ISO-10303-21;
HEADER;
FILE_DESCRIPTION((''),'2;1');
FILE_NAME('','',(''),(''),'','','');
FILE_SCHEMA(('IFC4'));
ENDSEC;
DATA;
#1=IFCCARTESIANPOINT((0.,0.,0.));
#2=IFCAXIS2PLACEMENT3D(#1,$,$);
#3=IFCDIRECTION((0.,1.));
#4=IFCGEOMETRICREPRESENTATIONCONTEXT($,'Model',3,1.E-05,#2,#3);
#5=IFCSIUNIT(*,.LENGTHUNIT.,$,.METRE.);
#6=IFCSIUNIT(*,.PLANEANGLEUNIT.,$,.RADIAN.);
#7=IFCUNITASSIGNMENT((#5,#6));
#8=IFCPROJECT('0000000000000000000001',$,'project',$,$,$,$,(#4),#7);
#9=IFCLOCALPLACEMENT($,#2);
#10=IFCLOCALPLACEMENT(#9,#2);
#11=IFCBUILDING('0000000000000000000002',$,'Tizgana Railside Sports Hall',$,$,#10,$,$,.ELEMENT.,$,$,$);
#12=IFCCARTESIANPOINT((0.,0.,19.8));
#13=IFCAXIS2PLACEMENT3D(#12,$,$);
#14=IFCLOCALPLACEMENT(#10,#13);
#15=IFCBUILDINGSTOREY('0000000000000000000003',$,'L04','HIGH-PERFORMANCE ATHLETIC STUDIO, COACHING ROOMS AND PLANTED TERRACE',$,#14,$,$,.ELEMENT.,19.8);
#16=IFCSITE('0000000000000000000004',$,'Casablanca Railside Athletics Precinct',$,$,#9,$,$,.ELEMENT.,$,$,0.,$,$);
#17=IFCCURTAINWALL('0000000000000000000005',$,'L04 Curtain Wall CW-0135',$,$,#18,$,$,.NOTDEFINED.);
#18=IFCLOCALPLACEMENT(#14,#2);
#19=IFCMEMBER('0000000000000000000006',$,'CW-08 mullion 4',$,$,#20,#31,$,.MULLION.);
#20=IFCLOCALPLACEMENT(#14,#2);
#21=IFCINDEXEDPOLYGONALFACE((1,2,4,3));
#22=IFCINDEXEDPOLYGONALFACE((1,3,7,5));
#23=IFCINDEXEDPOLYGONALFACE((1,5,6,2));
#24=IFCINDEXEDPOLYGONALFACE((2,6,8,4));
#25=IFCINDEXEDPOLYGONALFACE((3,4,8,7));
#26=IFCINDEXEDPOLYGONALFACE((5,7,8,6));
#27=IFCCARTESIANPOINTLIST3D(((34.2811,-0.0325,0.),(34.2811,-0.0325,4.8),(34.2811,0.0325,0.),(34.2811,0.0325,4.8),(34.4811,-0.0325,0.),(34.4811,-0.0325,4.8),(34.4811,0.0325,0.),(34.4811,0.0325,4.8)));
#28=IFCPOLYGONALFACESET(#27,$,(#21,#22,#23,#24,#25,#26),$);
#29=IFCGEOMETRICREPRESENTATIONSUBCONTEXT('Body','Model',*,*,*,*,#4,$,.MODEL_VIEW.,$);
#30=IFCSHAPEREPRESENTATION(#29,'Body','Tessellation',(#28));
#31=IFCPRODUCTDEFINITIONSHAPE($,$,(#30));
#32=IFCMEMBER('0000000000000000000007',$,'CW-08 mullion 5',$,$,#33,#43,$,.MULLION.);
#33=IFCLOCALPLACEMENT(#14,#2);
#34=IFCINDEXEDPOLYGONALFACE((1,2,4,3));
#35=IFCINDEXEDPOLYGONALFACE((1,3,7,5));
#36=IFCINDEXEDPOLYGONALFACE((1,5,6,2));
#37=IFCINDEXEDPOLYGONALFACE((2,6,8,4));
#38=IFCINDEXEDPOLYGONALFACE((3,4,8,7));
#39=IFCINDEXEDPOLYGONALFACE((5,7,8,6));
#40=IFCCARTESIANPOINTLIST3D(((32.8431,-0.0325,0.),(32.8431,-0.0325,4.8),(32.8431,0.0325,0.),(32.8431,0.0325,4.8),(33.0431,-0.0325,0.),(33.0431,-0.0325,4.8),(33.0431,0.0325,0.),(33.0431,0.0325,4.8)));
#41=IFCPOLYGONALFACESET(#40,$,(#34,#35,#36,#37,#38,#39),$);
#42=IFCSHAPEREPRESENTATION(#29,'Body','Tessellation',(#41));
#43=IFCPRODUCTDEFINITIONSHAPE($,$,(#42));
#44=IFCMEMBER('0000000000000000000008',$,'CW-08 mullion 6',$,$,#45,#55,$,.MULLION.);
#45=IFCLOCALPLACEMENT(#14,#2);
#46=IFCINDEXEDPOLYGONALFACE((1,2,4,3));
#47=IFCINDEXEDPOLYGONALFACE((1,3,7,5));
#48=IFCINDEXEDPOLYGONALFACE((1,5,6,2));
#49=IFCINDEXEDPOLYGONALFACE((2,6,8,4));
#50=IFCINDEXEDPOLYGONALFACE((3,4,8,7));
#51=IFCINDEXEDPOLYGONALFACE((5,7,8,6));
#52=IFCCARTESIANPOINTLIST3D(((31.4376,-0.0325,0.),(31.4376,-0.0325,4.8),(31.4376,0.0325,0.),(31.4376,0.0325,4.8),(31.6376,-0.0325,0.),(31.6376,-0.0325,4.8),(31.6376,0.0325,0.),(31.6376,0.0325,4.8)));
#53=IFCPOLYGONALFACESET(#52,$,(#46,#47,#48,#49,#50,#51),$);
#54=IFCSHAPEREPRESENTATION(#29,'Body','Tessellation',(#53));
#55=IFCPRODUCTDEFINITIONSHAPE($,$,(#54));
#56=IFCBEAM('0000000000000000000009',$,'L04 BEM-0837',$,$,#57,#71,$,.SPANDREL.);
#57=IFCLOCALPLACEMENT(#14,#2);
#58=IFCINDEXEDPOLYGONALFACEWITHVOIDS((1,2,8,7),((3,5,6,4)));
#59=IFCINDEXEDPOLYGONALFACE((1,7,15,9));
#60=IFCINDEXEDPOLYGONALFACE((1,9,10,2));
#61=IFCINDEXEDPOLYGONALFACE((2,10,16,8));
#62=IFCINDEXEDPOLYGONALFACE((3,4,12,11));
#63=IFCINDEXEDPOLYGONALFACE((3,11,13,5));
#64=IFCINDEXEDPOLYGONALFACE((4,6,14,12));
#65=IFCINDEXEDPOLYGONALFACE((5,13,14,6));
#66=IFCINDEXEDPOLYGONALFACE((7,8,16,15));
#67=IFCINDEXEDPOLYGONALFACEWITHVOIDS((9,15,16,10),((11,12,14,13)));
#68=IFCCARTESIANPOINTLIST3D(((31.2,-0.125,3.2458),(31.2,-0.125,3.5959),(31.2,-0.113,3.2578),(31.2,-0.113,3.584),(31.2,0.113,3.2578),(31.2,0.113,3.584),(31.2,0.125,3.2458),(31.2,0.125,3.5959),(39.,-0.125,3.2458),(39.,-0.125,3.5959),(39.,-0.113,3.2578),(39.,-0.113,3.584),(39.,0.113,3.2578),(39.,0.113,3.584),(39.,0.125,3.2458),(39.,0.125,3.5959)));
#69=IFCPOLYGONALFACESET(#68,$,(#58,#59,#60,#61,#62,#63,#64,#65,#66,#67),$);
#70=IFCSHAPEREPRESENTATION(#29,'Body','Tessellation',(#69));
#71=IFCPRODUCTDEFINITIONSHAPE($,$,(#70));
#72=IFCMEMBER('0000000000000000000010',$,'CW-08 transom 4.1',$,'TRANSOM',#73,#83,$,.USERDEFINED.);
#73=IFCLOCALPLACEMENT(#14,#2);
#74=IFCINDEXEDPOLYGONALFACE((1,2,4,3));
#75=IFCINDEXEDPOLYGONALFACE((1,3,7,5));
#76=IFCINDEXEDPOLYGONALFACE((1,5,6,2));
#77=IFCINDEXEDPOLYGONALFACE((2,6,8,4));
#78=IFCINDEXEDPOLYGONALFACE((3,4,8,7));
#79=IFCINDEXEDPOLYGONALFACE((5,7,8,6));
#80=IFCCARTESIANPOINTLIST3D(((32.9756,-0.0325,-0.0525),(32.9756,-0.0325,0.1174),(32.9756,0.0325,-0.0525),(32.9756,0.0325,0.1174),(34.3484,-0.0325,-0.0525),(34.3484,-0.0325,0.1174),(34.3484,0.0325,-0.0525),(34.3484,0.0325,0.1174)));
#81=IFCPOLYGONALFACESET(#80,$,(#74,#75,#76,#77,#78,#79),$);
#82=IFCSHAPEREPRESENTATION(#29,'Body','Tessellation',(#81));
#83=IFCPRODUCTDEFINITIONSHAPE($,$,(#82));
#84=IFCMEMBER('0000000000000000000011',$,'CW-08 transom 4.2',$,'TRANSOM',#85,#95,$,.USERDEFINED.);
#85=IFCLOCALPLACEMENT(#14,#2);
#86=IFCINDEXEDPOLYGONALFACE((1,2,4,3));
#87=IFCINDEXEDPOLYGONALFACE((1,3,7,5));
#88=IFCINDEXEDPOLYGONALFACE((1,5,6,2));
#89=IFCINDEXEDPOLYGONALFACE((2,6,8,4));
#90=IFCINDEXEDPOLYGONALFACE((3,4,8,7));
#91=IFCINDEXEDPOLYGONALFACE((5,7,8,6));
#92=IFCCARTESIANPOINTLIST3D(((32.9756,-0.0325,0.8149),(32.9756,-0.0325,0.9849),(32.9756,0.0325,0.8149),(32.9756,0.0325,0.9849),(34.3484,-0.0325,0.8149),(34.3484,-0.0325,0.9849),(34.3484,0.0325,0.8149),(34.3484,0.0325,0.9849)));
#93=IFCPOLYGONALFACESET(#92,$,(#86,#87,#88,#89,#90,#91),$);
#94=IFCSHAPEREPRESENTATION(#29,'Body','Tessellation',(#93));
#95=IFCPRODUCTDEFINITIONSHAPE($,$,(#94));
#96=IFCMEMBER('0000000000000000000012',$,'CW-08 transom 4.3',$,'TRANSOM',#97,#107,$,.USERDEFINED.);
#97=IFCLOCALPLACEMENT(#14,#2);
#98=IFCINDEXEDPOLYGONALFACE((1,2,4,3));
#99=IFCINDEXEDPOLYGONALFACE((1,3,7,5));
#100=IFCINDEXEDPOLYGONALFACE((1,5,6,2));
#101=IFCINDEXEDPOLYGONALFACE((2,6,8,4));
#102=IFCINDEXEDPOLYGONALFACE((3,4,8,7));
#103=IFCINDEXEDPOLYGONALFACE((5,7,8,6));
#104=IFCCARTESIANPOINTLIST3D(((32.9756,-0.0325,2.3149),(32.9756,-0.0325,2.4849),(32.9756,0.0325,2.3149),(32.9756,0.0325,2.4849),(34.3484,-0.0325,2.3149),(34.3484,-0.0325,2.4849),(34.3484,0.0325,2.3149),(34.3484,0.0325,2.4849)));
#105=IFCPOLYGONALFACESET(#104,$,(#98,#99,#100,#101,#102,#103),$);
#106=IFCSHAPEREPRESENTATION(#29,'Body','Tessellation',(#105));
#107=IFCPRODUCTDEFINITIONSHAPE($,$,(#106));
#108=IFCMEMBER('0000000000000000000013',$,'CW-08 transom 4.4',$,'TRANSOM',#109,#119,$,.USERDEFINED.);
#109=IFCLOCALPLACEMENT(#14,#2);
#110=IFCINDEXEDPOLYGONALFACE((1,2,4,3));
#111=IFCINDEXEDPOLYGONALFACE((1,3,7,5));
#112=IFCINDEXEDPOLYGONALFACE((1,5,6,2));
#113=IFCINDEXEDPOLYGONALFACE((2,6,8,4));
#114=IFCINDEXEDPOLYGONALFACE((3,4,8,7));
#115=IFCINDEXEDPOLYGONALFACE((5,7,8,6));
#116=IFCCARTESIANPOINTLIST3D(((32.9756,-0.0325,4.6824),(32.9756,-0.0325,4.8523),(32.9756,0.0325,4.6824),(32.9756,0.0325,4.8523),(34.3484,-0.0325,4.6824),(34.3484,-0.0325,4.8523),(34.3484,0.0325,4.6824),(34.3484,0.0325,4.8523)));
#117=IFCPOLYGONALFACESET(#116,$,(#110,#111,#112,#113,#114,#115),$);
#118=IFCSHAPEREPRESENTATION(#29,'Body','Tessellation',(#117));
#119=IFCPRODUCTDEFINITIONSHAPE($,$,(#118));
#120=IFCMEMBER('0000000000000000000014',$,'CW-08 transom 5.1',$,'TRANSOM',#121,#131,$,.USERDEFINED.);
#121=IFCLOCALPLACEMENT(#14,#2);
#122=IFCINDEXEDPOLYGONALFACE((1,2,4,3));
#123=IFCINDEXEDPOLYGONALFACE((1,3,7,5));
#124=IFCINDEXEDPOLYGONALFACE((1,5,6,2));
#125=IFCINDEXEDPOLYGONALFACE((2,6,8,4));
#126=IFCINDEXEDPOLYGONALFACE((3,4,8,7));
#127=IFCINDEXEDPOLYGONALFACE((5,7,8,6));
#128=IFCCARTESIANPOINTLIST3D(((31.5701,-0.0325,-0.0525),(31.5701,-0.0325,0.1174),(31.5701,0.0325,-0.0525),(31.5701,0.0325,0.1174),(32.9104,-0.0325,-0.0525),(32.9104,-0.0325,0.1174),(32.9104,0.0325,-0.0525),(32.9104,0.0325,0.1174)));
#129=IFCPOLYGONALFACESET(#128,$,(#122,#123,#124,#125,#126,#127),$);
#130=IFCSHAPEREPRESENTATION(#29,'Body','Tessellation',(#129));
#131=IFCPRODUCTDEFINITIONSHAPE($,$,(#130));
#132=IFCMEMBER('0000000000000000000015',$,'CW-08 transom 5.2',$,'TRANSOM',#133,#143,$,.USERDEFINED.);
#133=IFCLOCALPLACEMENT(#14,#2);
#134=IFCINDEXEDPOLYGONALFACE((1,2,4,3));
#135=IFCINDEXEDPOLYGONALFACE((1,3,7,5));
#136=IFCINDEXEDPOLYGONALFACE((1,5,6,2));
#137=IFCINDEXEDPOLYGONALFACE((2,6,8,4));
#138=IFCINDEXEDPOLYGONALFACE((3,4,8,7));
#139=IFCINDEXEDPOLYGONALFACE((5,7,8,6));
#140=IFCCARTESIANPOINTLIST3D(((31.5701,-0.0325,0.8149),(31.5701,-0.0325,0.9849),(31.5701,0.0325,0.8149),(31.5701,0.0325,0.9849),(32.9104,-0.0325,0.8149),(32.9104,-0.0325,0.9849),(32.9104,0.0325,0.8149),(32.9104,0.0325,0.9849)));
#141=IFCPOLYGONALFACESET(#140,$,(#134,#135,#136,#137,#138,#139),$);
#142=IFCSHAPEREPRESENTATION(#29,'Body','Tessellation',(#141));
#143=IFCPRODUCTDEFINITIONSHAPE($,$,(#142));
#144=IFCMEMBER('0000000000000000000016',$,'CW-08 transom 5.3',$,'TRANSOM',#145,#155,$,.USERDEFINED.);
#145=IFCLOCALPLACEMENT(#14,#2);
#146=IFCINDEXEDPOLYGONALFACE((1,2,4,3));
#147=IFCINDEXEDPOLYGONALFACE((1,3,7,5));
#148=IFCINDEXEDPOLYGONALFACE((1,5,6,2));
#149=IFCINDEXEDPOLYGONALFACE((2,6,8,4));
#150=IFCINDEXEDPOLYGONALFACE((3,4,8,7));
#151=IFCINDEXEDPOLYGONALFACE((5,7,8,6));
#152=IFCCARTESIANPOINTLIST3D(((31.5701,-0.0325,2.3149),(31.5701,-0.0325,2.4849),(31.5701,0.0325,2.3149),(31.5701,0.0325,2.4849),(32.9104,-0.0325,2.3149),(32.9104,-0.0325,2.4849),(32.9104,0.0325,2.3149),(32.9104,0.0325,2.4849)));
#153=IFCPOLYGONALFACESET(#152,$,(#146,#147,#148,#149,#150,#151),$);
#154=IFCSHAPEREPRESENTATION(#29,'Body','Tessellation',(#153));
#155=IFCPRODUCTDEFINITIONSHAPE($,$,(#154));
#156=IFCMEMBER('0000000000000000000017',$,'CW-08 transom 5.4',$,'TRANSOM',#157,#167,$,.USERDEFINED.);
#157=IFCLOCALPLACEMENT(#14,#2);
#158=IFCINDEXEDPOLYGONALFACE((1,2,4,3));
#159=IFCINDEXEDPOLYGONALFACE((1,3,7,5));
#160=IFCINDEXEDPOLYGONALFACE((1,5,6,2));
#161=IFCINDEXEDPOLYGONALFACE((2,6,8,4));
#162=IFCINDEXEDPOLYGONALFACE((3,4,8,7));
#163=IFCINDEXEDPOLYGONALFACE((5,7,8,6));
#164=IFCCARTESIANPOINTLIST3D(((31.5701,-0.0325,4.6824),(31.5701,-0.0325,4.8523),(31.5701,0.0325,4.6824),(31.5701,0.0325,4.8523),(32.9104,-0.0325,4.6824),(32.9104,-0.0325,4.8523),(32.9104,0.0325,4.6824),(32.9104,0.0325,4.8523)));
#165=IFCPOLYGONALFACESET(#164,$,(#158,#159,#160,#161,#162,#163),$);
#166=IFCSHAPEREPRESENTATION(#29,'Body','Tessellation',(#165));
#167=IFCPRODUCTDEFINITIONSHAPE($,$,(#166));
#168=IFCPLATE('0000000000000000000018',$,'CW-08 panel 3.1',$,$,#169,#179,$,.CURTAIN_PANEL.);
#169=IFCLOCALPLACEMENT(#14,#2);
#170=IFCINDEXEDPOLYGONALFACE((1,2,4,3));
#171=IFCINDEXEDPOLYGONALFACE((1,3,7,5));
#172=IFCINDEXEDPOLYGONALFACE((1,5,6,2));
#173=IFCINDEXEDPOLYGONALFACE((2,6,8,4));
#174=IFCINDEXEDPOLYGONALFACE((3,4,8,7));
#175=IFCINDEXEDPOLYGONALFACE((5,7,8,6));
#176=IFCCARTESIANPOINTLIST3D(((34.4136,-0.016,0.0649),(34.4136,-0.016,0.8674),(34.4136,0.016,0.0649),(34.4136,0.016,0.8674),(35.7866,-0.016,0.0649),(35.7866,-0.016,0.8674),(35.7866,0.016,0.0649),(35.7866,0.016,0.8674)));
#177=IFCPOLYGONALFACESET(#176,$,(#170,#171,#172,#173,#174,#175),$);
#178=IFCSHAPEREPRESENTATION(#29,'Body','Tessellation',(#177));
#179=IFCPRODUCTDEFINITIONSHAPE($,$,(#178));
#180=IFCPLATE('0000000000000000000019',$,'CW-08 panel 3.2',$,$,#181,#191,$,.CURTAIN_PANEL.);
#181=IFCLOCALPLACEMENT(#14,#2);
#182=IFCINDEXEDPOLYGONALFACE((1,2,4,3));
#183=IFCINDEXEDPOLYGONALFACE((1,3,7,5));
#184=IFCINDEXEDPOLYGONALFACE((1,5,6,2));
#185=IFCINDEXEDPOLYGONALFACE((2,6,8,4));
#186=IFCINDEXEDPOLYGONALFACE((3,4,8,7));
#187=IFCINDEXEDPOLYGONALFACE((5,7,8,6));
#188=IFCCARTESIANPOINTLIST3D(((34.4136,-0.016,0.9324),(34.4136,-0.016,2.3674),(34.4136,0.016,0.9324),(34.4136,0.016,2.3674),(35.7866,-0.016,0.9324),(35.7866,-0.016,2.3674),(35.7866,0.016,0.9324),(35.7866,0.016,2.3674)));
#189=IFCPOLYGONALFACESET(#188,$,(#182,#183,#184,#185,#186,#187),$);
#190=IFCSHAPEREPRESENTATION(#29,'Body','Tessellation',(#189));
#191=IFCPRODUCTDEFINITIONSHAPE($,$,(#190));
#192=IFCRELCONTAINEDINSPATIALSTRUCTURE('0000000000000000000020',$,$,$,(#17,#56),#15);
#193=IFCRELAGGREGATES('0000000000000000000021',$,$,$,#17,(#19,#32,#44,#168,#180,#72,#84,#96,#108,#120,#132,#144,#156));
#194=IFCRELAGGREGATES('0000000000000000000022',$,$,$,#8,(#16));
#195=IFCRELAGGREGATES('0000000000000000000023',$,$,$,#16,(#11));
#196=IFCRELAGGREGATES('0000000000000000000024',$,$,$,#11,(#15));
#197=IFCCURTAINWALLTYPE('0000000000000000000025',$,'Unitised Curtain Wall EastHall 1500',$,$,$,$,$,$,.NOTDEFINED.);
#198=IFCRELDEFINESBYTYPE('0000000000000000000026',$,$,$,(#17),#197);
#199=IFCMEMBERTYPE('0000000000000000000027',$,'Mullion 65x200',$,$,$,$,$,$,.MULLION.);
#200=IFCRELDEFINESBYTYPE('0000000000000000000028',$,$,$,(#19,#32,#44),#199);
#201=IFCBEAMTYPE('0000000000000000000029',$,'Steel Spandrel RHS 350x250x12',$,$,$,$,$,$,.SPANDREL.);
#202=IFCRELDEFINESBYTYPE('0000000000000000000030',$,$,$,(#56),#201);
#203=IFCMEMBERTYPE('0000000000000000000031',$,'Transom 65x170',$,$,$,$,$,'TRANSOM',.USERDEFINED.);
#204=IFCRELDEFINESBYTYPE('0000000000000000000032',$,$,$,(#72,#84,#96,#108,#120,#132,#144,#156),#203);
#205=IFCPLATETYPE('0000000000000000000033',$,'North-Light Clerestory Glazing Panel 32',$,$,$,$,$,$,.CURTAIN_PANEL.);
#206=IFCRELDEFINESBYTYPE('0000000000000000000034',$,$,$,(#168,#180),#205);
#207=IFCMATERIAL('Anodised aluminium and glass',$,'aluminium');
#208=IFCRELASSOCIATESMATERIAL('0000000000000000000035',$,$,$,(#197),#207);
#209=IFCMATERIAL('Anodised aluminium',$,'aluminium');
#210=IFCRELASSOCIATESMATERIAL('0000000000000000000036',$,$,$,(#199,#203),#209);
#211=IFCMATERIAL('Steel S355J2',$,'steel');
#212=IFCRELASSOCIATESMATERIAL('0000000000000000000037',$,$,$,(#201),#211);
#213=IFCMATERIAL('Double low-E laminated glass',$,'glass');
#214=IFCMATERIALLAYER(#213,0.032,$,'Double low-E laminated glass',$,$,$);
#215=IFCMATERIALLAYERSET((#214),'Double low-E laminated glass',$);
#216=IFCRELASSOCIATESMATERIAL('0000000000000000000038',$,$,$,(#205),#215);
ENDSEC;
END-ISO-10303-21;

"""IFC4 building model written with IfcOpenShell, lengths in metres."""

from ifc_helpers import new_model, si_unit, direction, frame, origin, origin_2d, place, context, subcontext, project, spatial, rectangle, hollow_rectangle, extrude, material, layer, layer_set, material_profile, profile_set, type_object, element, aggregate, save


model = new_model("IFC4")

# Units and contexts
model_context = context("Model", 3, precision=1e-05, world=origin(), true_north=direction((0.0, 1.0)))
body_context = subcontext(model_context, "Body", "Model", "MODEL_VIEW")
ifc_project = project(units=[si_unit("LENGTHUNIT", "METRE"), si_unit("PLANEANGLEUNIT", "RADIAN")], contexts=[model_context])

# Site, building, storey
site_placement = place(None, origin())
site = spatial("IfcSite", under=ifc_project, at=site_placement, Name="Casablanca Railside Athletics Precinct", CompositionType="ELEMENT", RefElevation=0.0)
building_placement = place(site_placement, origin())
building = spatial("IfcBuilding", under=site, at=building_placement, Name="Tizgana Railside Sports Hall", CompositionType="ELEMENT")
storey_placement = place(building_placement, frame((0.0, 0.0, 19.8)))
storey = spatial("IfcBuildingStorey", under=building, at=storey_placement, Name="L04", Description="HIGH-PERFORMANCE ATHLETIC STUDIO, COACHING ROOMS AND PLANTED TERRACE", CompositionType="ELEMENT", Elevation=19.8)

# Curtain wall, members
ifc_material_1 = material(Name="Anodised aluminium and glass", Category="aluminium")
curtain_wall_type = type_object("IfcCurtainWallType", Name="Unitised Curtain Wall EastHall 1500", PredefinedType="NOTDEFINED", material=ifc_material_1)
curtain_wall_placement = place(storey_placement, origin())
curtain_wall = element("IfcCurtainWall", 1, at=curtain_wall_placement, inside=storey, type_object=curtain_wall_type, Name="L04 Curtain Wall CW-0135", PredefinedType="NOTDEFINED")
ifc_material_2 = material(Name="Anodised aluminium", Category="aluminium")
ifc_material_profile_1 = material_profile(ifc_material_2, rectangle(XDim=0.0649, YDim=0.2, at=origin_2d()), Name="Mullion 65x200")
ifc_profile_set_1 = profile_set([ifc_material_profile_1], Name="Anodised aluminium")
member_type_1 = type_object("IfcMemberType", Name="Mullion 65x200", PredefinedType="MULLION", material=ifc_profile_set_1)
member_1_placement = place(storey_placement, frame((34.3811, 0.0, 0.0), z_axis=(0.0, 0.0, 1.0), x_axis=(0.0, -1.0, 0.0)))
member_1 = element("IfcMember", 2, at=member_1_placement, type_object=member_type_1, Name="CW-08 mullion 4", PredefinedType="MULLION", context=body_context, shape_type="SweptSolid", body=[
    extrude(rectangle(XDim=0.0649, YDim=0.2, at=origin_2d()), origin(), (0.0, 0.0, 1.0), 4.8),
])
member_2_placement = place(storey_placement, frame((32.9431, 0.0, 0.0), z_axis=(0.0, 0.0, 1.0), x_axis=(0.0, -1.0, 0.0)))
member_2 = element("IfcMember", 3, at=member_2_placement, type_object=member_type_1, Name="CW-08 mullion 5", PredefinedType="MULLION", context=body_context, shape_type="SweptSolid", body=[
    extrude(rectangle(XDim=0.0649, YDim=0.2, at=origin_2d()), origin(), (0.0, 0.0, 1.0), 4.8),
])
member_3_placement = place(storey_placement, frame((31.5376, 0.0, 0.0), z_axis=(0.0, 0.0, 1.0), x_axis=(0.0, -1.0, 0.0)))
member_3 = element("IfcMember", 4, at=member_3_placement, type_object=member_type_1, Name="CW-08 mullion 6", PredefinedType="MULLION", context=body_context, shape_type="SweptSolid", body=[
    extrude(rectangle(XDim=0.0649, YDim=0.2, at=origin_2d()), origin(), (0.0, 0.0, 1.0), 4.8),
])

# Beam
ifc_material_3 = material(Name="Steel S355J2", Category="steel")
ifc_material_profile_2 = material_profile(ifc_material_3, hollow_rectangle(XDim=0.25, YDim=0.3501, WallThickness=0.012, at=origin_2d()), Name="RHS 350x250x12")
ifc_profile_set_2 = profile_set([ifc_material_profile_2], Name="Steel S355J2")
beam_type = type_object("IfcBeamType", Name="Steel Spandrel RHS 350x250x12", PredefinedType="SPANDREL", material=ifc_profile_set_2)
beam_placement = place(storey_placement, frame((31.2, 0.0, 3.4209), z_axis=(1.0, 0.0, 0.0), x_axis=(0.0, 1.0, 0.0)))
element("IfcBeam", 5, at=beam_placement, inside=storey, type_object=beam_type, Name="L04 BEM-0837", PredefinedType="SPANDREL", context=body_context, shape_type="SweptSolid", body=[
    extrude(hollow_rectangle(XDim=0.25, YDim=0.3501, WallThickness=0.012, at=origin_2d()), origin(), (0.0, 0.0, 1.0), 7.8),
])

# Members
ifc_material_profile_3 = material_profile(ifc_material_2, rectangle(XDim=0.0649, YDim=0.1699, at=origin_2d()), Name="Transom 65x170")
ifc_profile_set_3 = profile_set([ifc_material_profile_3], Name="Anodised aluminium")
member_type_2 = type_object("IfcMemberType", Name="Transom 65x170", ElementType="TRANSOM", PredefinedType="USERDEFINED", material=ifc_profile_set_3)
member_4_placement = place(storey_placement, frame((34.3484, 0.0, 0.0325), z_axis=(-1.0, 0.0, 0.0), x_axis=(0.0, -1.0, 0.0)))
member_4 = element("IfcMember", 6, at=member_4_placement, type_object=member_type_2, Name="CW-08 transom 4.1", ObjectType="TRANSOM", PredefinedType="USERDEFINED", context=body_context, shape_type="SweptSolid", body=[
    extrude(rectangle(XDim=0.0649, YDim=0.1699, at=origin_2d()), origin(), (0.0, 0.0, 1.0), 1.3728),
])
member_5_placement = place(storey_placement, frame((34.3484, 0.0, 0.8999), z_axis=(-1.0, 0.0, 0.0), x_axis=(0.0, -1.0, 0.0)))
member_5 = element("IfcMember", 7, at=member_5_placement, type_object=member_type_2, Name="CW-08 transom 4.2", ObjectType="TRANSOM", PredefinedType="USERDEFINED", context=body_context, shape_type="SweptSolid", body=[
    extrude(rectangle(XDim=0.0649, YDim=0.1699, at=origin_2d()), origin(), (0.0, 0.0, 1.0), 1.3728),
])
member_6_placement = place(storey_placement, frame((34.3484, 0.0, 2.3999), z_axis=(-1.0, 0.0, 0.0), x_axis=(0.0, -1.0, 0.0)))
member_6 = element("IfcMember", 8, at=member_6_placement, type_object=member_type_2, Name="CW-08 transom 4.3", ObjectType="TRANSOM", PredefinedType="USERDEFINED", context=body_context, shape_type="SweptSolid", body=[
    extrude(rectangle(XDim=0.0649, YDim=0.1699, at=origin_2d()), origin(), (0.0, 0.0, 1.0), 1.3728),
])
member_7_placement = place(storey_placement, frame((34.3484, 0.0, 4.7673), z_axis=(-1.0, 0.0, 0.0), x_axis=(0.0, -1.0, 0.0)))
member_7 = element("IfcMember", 9, at=member_7_placement, type_object=member_type_2, Name="CW-08 transom 4.4", ObjectType="TRANSOM", PredefinedType="USERDEFINED", context=body_context, shape_type="SweptSolid", body=[
    extrude(rectangle(XDim=0.0649, YDim=0.1699, at=origin_2d()), origin(), (0.0, 0.0, 1.0), 1.3728),
])
member_8_placement = place(storey_placement, frame((32.9104, 0.0, 0.0325), z_axis=(-1.0, 0.0, 0.0), x_axis=(0.0, -1.0, 0.0)))
member_8 = element("IfcMember", 10, at=member_8_placement, type_object=member_type_2, Name="CW-08 transom 5.1", ObjectType="TRANSOM", PredefinedType="USERDEFINED", context=body_context, shape_type="SweptSolid", body=[
    extrude(rectangle(XDim=0.0649, YDim=0.1699, at=origin_2d()), origin(), (0.0, 0.0, 1.0), 1.3403),
])
member_9_placement = place(storey_placement, frame((32.9104, 0.0, 0.8999), z_axis=(-1.0, 0.0, 0.0), x_axis=(0.0, -1.0, 0.0)))
member_9 = element("IfcMember", 11, at=member_9_placement, type_object=member_type_2, Name="CW-08 transom 5.2", ObjectType="TRANSOM", PredefinedType="USERDEFINED", context=body_context, shape_type="SweptSolid", body=[
    extrude(rectangle(XDim=0.0649, YDim=0.1699, at=origin_2d()), origin(), (0.0, 0.0, 1.0), 1.3403),
])
member_10_placement = place(storey_placement, frame((32.9104, 0.0, 2.3999), z_axis=(-1.0, 0.0, 0.0), x_axis=(0.0, -1.0, 0.0)))
member_10 = element("IfcMember", 12, at=member_10_placement, type_object=member_type_2, Name="CW-08 transom 5.3", ObjectType="TRANSOM", PredefinedType="USERDEFINED", context=body_context, shape_type="SweptSolid", body=[
    extrude(rectangle(XDim=0.0649, YDim=0.1699, at=origin_2d()), origin(), (0.0, 0.0, 1.0), 1.3403),
])
member_11_placement = place(storey_placement, frame((32.9104, 0.0, 4.7673), z_axis=(-1.0, 0.0, 0.0), x_axis=(0.0, -1.0, 0.0)))
member_11 = element("IfcMember", 13, at=member_11_placement, type_object=member_type_2, Name="CW-08 transom 5.4", ObjectType="TRANSOM", PredefinedType="USERDEFINED", context=body_context, shape_type="SweptSolid", body=[
    extrude(rectangle(XDim=0.0649, YDim=0.1699, at=origin_2d()), origin(), (0.0, 0.0, 1.0), 1.3403),
])

# Plates
ifc_material_4 = material(Name="Double low-E laminated glass", Category="glass")
ifc_layer_1 = layer(ifc_material_4, 0.032, Name="Double low-E laminated glass")
ifc_layer_set_1 = layer_set([ifc_layer_1], Name="Double low-E laminated glass")
plate_type = type_object("IfcPlateType", Name="North-Light Clerestory Glazing Panel 32", PredefinedType="CURTAIN_PANEL", material=ifc_layer_set_1)
plate_1_placement = place(storey_placement, frame((35.1001, 0.0, 0.0649), z_axis=(0.0, 0.0, 1.0), x_axis=(-1.0, 0.0, 0.0)))
plate_1 = element("IfcPlate", 14, at=plate_1_placement, type_object=plate_type, Name="CW-08 panel 3.1", PredefinedType="CURTAIN_PANEL", context=body_context, shape_type="SweptSolid", body=[
    extrude(rectangle(XDim=1.373, YDim=0.032, at=origin_2d()), origin(), (0.0, 0.0, 1.0), 0.8025),
])
plate_2_placement = place(storey_placement, frame((35.1001, 0.0, 0.9324), z_axis=(0.0, 0.0, 1.0), x_axis=(-1.0, 0.0, 0.0)))
plate_2 = element("IfcPlate", 15, at=plate_2_placement, type_object=plate_type, Name="CW-08 panel 3.2", PredefinedType="CURTAIN_PANEL", context=body_context, shape_type="SweptSolid", body=[
    extrude(rectangle(XDim=1.373, YDim=0.032, at=origin_2d()), origin(), (0.0, 0.0, 1.0), 1.4351),
])
aggregate(curtain_wall, [member_1, member_2, member_3, plate_1, plate_2, member_4, member_5, member_6, member_7, member_8, member_9, member_10, member_11])

save(model, "model.ifc")
